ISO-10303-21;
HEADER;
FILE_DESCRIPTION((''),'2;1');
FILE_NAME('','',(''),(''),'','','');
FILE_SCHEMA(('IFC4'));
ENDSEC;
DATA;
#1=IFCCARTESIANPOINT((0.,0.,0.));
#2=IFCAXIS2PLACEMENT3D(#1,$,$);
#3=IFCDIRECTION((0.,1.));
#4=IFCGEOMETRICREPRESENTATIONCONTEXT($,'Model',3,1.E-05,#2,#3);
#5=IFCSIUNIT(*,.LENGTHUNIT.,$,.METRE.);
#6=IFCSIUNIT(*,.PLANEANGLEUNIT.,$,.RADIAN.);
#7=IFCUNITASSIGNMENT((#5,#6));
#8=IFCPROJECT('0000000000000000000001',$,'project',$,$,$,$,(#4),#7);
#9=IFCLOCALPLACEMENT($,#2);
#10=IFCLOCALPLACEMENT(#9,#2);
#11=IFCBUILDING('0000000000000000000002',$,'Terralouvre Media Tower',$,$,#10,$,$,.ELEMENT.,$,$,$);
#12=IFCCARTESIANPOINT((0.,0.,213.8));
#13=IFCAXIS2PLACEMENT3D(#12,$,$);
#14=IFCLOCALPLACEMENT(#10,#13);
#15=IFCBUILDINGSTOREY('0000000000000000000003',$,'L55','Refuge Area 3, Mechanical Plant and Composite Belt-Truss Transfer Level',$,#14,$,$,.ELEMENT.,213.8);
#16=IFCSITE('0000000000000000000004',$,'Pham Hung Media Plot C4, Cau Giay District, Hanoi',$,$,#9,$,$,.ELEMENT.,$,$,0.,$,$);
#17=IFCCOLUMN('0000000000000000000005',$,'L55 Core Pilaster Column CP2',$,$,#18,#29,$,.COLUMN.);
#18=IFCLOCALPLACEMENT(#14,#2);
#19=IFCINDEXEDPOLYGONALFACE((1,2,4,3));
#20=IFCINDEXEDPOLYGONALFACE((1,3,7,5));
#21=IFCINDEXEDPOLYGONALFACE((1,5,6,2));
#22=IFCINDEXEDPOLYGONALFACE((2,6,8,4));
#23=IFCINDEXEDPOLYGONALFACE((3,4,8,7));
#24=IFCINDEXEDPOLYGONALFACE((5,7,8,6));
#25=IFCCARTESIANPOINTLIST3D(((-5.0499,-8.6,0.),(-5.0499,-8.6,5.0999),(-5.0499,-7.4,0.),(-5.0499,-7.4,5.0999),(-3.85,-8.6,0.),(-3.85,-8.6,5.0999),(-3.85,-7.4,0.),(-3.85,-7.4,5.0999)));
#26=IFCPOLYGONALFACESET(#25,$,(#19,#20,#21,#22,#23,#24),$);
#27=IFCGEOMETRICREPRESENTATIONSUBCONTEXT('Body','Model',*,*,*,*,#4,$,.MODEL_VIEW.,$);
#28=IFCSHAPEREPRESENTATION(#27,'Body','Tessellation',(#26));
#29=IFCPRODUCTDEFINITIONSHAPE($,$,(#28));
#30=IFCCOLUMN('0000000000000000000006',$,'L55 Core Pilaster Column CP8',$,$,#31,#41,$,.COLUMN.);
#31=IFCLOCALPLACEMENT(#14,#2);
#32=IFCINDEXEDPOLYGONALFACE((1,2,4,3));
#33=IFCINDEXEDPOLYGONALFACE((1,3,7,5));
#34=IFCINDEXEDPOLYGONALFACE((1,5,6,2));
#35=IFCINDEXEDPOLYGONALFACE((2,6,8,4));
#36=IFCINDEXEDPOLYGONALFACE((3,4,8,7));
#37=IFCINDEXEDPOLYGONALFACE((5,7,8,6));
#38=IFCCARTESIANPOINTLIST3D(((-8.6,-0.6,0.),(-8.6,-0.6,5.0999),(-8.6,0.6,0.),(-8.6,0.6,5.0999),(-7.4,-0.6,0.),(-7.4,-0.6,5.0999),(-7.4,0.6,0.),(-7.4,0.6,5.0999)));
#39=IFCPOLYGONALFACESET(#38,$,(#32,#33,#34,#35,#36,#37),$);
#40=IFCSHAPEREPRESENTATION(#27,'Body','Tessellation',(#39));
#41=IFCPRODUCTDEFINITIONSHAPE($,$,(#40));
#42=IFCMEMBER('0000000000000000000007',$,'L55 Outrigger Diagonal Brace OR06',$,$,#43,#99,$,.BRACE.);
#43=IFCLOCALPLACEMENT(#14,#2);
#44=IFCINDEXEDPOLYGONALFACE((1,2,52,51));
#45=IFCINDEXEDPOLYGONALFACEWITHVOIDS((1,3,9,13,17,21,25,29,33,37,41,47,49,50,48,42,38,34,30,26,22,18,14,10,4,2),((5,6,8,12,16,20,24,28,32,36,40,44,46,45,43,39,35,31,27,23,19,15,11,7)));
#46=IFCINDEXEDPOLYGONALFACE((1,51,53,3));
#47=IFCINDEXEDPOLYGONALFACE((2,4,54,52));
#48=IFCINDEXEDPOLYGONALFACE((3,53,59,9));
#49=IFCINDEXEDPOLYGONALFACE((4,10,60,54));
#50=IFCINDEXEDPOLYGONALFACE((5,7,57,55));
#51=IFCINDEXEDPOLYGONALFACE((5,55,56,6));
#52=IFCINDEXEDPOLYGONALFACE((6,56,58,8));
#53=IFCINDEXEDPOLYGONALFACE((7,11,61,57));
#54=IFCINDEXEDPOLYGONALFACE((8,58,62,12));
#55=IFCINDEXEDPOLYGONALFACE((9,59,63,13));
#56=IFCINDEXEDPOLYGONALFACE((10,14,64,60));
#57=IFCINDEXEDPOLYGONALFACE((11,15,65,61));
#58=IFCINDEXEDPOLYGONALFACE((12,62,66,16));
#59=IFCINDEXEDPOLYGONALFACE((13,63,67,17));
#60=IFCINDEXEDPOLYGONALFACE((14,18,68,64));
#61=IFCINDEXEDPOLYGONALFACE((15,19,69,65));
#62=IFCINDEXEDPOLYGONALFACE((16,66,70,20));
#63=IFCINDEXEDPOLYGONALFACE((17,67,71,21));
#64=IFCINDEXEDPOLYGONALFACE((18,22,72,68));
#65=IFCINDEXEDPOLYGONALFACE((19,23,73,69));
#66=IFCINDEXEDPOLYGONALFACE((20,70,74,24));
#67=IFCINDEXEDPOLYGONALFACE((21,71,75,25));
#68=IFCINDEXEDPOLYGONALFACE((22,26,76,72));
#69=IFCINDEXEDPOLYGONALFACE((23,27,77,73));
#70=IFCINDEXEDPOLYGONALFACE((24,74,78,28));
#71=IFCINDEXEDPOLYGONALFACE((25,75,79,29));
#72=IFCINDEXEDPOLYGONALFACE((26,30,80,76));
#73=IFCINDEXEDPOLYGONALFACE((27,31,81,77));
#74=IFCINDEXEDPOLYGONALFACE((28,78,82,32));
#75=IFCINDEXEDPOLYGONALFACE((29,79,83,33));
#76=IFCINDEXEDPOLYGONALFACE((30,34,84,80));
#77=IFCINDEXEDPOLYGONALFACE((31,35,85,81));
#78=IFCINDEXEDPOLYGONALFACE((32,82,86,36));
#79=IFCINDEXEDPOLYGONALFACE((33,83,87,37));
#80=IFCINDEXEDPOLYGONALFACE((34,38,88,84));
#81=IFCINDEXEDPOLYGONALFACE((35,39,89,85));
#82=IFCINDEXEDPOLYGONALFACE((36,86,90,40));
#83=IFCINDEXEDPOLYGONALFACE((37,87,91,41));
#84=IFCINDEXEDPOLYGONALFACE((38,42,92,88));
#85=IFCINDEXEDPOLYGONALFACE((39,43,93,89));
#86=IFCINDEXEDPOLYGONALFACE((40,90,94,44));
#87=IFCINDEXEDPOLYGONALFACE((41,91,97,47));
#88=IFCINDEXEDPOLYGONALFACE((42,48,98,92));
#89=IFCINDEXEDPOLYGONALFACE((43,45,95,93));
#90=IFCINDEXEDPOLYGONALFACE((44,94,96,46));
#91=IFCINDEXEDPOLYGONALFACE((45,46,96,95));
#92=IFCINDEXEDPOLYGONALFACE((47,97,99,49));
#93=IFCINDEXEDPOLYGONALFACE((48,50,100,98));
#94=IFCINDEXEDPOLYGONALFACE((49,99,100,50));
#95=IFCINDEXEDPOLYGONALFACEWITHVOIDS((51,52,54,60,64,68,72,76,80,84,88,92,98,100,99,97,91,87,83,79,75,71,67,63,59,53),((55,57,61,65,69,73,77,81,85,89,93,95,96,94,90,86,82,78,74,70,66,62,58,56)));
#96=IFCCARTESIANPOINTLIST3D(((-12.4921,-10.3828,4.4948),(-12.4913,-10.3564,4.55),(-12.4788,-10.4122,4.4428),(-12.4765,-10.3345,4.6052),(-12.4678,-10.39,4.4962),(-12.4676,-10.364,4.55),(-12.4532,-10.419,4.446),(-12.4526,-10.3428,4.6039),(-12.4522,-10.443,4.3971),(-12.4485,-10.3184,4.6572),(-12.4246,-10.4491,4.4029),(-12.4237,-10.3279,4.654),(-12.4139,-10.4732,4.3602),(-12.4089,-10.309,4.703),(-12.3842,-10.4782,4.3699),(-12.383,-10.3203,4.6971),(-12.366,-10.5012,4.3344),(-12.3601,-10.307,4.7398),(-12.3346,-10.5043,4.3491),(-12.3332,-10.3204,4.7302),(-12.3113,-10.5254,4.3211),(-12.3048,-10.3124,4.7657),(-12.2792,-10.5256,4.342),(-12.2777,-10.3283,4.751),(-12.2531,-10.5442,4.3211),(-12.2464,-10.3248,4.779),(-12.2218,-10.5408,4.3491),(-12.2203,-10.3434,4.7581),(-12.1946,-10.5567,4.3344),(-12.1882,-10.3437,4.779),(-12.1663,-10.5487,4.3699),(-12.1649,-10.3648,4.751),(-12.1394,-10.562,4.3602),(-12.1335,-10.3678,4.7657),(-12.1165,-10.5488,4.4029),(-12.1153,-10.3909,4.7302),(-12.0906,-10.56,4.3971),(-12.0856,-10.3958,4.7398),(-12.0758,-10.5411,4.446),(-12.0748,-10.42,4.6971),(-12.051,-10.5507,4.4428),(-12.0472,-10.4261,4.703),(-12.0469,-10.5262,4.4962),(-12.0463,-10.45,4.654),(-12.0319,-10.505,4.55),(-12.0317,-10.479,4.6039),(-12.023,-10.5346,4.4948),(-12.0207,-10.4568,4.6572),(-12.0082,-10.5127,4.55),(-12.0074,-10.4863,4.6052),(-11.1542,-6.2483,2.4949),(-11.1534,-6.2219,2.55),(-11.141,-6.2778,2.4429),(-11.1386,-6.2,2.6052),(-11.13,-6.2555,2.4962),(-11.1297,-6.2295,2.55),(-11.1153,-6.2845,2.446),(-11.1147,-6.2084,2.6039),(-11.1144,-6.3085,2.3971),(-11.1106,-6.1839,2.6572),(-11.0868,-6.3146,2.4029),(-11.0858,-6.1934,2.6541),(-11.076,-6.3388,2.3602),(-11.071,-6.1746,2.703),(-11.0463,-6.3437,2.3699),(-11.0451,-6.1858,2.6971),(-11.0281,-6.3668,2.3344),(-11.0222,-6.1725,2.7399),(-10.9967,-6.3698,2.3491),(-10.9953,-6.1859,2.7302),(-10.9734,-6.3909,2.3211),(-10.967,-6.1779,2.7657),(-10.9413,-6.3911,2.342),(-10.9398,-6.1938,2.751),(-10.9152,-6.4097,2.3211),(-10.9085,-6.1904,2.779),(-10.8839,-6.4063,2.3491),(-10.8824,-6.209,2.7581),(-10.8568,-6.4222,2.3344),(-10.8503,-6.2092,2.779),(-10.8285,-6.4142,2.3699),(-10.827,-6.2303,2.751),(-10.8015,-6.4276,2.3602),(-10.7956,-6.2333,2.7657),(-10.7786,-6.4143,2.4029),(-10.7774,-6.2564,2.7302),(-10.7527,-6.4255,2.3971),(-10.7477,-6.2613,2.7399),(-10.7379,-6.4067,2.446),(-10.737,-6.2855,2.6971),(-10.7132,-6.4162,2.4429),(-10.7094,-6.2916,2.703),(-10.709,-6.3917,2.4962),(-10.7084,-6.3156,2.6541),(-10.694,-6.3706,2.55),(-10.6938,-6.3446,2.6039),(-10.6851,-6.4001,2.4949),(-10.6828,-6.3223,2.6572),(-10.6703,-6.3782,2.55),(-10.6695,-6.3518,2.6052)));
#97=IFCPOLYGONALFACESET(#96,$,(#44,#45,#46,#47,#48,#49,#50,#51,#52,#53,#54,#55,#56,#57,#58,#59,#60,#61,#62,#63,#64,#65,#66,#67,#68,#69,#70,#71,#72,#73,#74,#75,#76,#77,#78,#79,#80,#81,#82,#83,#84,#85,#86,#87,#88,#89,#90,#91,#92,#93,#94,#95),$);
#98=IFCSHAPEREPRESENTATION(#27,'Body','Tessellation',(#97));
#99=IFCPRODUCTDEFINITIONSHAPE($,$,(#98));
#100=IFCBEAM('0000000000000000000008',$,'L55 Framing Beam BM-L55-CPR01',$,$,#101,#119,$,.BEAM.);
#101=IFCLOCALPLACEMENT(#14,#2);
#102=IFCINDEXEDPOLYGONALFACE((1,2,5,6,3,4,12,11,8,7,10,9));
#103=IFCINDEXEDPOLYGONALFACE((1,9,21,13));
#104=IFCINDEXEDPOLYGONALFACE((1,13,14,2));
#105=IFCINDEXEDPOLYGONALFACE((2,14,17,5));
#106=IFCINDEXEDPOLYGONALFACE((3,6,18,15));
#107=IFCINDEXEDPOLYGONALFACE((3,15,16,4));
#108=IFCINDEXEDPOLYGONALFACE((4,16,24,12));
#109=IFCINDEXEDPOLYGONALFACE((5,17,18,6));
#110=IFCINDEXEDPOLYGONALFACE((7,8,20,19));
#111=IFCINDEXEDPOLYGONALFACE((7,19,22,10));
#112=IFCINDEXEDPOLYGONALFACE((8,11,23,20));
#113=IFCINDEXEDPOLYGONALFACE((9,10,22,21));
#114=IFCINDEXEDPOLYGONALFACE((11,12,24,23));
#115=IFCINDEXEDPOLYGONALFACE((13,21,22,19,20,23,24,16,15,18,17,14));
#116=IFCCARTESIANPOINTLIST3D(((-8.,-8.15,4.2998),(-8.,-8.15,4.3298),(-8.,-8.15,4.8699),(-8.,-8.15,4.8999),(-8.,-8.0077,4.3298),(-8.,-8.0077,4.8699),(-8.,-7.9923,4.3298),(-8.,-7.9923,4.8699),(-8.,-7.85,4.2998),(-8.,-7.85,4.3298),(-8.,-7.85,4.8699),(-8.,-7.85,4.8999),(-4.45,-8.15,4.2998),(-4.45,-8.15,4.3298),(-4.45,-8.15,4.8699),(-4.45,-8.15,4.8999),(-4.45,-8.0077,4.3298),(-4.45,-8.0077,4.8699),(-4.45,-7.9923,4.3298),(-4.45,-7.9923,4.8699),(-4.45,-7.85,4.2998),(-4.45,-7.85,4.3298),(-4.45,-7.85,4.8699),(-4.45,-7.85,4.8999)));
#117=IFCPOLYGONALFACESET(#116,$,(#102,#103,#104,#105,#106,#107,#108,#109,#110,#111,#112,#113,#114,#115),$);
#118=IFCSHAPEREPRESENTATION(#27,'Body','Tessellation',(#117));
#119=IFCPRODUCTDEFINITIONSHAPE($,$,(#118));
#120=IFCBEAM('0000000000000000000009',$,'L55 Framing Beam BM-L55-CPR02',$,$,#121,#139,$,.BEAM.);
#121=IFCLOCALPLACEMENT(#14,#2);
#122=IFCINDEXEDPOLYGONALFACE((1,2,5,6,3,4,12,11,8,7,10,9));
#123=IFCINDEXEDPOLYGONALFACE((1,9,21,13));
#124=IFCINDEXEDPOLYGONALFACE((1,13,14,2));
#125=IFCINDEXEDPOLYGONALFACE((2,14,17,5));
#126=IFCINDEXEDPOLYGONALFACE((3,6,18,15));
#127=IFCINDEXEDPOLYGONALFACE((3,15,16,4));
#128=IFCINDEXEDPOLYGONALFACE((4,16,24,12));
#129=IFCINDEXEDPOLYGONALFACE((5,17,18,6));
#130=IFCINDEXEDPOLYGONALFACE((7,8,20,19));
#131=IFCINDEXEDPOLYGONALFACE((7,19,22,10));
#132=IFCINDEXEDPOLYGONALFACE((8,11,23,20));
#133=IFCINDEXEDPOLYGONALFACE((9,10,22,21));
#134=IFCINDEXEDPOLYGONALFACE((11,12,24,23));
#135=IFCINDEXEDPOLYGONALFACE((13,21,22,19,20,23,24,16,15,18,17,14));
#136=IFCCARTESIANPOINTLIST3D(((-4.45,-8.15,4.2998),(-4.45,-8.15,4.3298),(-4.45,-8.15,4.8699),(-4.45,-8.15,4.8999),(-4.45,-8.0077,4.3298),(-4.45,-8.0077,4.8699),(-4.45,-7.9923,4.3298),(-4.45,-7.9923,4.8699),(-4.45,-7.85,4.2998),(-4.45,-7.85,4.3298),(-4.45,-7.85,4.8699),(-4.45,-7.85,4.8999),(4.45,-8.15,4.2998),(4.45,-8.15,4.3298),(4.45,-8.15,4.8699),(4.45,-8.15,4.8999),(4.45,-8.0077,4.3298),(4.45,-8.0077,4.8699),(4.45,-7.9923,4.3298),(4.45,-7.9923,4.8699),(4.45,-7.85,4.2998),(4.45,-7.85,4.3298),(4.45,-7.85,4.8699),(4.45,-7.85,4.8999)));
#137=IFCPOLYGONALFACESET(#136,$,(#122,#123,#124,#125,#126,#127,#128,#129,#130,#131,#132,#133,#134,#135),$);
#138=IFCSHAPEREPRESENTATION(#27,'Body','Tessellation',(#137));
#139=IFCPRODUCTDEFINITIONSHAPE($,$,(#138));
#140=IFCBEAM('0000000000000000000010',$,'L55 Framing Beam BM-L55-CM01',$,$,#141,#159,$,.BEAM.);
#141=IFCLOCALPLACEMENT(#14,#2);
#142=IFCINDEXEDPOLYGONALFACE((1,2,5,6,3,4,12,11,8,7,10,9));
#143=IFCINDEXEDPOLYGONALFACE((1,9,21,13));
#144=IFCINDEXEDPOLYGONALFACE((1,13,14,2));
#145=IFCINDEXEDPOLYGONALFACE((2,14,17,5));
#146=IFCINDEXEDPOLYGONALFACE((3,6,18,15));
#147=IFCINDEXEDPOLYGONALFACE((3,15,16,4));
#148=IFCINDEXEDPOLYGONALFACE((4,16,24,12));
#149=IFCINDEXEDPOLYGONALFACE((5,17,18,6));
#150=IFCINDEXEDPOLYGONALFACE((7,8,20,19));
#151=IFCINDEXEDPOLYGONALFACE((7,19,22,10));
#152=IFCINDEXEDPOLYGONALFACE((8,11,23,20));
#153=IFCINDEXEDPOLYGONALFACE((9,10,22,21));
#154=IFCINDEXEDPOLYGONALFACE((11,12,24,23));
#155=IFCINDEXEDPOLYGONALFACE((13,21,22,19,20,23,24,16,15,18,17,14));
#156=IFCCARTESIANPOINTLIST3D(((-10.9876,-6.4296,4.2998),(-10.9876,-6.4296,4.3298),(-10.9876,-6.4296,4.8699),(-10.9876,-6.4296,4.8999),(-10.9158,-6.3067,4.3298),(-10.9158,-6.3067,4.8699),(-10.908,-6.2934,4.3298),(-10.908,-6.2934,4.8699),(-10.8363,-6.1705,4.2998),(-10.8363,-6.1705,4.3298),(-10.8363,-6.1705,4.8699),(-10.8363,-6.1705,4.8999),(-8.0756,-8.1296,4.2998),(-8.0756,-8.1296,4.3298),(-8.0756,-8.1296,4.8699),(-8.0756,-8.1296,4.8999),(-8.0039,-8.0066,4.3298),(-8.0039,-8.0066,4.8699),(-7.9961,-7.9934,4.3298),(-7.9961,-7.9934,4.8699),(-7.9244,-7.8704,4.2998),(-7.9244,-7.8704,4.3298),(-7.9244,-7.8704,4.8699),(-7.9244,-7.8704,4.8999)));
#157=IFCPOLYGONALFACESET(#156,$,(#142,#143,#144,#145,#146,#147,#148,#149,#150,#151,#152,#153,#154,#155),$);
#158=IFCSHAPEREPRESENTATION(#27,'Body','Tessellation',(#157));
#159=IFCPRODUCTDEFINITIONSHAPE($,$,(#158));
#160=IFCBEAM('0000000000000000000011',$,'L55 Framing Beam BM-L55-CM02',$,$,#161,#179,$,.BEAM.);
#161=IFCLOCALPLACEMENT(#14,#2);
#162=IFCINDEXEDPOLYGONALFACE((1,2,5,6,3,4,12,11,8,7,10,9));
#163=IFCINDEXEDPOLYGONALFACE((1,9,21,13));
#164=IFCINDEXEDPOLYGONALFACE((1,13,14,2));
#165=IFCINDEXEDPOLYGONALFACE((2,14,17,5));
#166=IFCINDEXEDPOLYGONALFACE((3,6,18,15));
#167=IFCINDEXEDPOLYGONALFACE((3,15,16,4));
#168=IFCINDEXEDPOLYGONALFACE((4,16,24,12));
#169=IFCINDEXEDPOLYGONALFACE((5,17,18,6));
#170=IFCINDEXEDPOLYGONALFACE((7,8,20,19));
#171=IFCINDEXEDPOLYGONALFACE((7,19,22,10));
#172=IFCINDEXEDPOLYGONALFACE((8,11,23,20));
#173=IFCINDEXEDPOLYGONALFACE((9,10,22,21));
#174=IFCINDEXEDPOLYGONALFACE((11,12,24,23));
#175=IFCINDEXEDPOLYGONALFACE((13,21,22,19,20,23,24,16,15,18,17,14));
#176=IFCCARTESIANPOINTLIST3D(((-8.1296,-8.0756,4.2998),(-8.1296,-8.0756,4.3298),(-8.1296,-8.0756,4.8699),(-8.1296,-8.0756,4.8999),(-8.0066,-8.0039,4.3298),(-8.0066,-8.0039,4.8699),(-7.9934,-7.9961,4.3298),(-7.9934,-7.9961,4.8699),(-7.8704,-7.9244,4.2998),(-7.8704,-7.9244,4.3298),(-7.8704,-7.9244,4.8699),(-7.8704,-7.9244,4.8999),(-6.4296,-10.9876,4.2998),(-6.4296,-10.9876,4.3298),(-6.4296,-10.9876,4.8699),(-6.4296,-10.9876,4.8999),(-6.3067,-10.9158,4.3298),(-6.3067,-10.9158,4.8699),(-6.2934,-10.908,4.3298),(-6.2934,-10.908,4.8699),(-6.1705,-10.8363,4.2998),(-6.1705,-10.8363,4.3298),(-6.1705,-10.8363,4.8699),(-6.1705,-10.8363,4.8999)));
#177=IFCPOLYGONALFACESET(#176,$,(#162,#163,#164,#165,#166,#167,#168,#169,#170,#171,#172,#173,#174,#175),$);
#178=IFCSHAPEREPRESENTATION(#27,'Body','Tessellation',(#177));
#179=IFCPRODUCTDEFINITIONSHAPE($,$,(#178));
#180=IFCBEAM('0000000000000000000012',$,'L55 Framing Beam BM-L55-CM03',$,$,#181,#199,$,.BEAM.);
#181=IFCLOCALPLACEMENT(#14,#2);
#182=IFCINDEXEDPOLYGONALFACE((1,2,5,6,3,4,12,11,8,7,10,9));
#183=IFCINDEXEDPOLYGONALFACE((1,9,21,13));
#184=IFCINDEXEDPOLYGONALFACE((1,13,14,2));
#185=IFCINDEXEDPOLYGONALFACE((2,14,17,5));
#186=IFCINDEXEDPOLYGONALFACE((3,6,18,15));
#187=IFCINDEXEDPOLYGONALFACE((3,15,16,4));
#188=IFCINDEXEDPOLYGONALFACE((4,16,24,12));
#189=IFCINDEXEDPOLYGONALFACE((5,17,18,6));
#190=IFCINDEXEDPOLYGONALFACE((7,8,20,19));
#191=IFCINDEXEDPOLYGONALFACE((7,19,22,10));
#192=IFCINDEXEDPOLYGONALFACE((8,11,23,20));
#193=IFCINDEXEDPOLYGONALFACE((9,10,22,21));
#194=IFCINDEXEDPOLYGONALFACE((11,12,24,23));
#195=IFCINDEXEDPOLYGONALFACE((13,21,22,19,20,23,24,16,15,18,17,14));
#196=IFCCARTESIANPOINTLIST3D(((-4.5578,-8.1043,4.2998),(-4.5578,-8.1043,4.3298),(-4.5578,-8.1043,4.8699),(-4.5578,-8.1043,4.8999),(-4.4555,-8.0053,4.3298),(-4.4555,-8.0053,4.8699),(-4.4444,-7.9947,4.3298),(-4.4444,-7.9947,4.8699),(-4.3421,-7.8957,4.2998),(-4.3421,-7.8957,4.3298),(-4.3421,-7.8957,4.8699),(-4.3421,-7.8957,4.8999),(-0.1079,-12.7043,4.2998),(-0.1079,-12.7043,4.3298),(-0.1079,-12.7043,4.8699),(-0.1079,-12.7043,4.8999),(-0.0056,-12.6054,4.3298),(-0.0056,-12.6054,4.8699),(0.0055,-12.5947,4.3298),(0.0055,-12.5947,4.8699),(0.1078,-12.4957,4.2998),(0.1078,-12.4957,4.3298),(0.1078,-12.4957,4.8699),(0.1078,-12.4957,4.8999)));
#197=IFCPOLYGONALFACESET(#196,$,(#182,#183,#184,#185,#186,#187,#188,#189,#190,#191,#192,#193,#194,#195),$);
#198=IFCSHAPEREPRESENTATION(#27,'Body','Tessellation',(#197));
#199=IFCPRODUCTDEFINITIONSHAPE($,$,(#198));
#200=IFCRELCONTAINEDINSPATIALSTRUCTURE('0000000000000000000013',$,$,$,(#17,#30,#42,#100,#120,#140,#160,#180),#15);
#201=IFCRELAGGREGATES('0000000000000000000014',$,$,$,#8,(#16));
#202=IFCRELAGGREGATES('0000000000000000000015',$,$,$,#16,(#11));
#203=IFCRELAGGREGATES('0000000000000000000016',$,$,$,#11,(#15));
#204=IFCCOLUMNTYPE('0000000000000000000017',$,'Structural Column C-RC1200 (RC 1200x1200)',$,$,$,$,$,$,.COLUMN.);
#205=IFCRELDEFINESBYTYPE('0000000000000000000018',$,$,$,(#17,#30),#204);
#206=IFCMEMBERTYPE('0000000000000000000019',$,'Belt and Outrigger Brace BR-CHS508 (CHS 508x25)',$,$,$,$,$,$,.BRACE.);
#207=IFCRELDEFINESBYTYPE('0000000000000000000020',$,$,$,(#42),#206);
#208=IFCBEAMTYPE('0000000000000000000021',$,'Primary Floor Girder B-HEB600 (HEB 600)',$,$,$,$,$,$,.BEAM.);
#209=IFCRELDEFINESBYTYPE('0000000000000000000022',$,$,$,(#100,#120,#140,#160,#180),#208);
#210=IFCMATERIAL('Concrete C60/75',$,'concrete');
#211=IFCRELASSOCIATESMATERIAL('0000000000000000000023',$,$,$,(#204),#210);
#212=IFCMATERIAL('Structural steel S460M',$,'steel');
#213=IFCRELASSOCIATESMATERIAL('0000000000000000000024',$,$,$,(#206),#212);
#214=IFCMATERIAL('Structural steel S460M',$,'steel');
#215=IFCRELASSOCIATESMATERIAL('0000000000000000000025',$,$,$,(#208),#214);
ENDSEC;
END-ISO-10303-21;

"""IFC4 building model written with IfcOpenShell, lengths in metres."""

from ifc_helpers import new_model, si_unit, direction, frame, origin, origin_2d, place, context, subcontext, project, spatial, rectangle, hollow_circle, i_section, extrude, material, material_profile, profile_set, type_object, element, save


model = new_model("IFC4")

# Units and contexts
model_context = context("Model", 3, precision=1e-05, world=origin(), true_north=direction((0.0, 1.0)))
body_context = subcontext(model_context, "Body", "Model", "MODEL_VIEW")
ifc_project = project(units=[si_unit("LENGTHUNIT", "METRE"), si_unit("PLANEANGLEUNIT", "RADIAN")], contexts=[model_context])

# Site, building, storey
site_placement = place(None, origin())
site = spatial("IfcSite", under=ifc_project, at=site_placement, Name="Pham Hung Media Plot C4, Cau Giay District, Hanoi", CompositionType="ELEMENT", RefElevation=0.0)
building_placement = place(site_placement, origin())
building = spatial("IfcBuilding", under=site, at=building_placement, Name="Terralouvre Media Tower", CompositionType="ELEMENT")
storey_placement = place(building_placement, frame((0.0, 0.0, 213.8)))
storey = spatial("IfcBuildingStorey", under=building, at=storey_placement, Name="L55", Description="Refuge Area 3, Mechanical Plant and Composite Belt-Truss Transfer Level", CompositionType="ELEMENT", Elevation=213.8)

# Columns
ifc_material_1 = material(Name="Concrete C60/75", Category="concrete")
ifc_material_profile_1 = material_profile(ifc_material_1, rectangle(XDim=1.2, YDim=1.2, at=origin_2d()), Name="RC 1200x1200")
ifc_profile_set_1 = profile_set([ifc_material_profile_1], Name="Concrete C60/75")
column_type = type_object("IfcColumnType", Name="Structural Column C-RC1200 (RC 1200x1200)", PredefinedType="COLUMN", material=ifc_profile_set_1)
for number, where, z_axis, x_axis, name in (
    (1, (-4.45, -8.0, 0.0), (0.0, 0.0, 1.0), (1.0, 0.0, 0.0), "L55 Core Pilaster Column CP2"),
    (2, (-8.0, 0.0, 0.0), (0.0, 0.0, 1.0), (1.0, 0.0, 0.0), "L55 Core Pilaster Column CP8"),
):
    element("IfcColumn", number, at=place(storey_placement, frame(where, z_axis=z_axis, x_axis=x_axis)), inside=storey, type_object=column_type, Name=name, PredefinedType="COLUMN", context=body_context, shape_type="SweptSolid", body=[
        extrude(rectangle(XDim=1.2, YDim=1.2, at=origin_2d()), origin(), (0.0, 0.0, 1.0), 5.0999),
    ])

# Member
ifc_material_2 = material(Name="Structural steel S460M", Category="steel")
ifc_material_profile_2 = material_profile(ifc_material_2, hollow_circle(Radius=0.2539, WallThickness=0.0249, at=origin_2d()), Name="CHS 508x25")
ifc_profile_set_2 = profile_set([ifc_material_profile_2], Name="Structural steel S460M")
member_type = type_object("IfcMemberType", Name="Belt and Outrigger Brace BR-CHS508 (CHS 508x25)", PredefinedType="BRACE", material=ifc_profile_set_2)
member_placement = place(storey_placement, frame((-10.9119, -6.3, 2.55), z_axis=(-0.279674, -0.864285, 0.418082), x_axis=(0.951428, -0.307873, 0.0)))
element("IfcMember", 3, at=member_placement, inside=storey, type_object=member_type, Name="L55 Outrigger Diagonal Brace OR06", PredefinedType="BRACE", context=body_context, shape_type="SweptSolid", body=[
    extrude(hollow_circle(Radius=0.2539, WallThickness=0.0249, at=origin_2d()), origin(), (0.0, 0.0, 1.0), 4.7837),
])

# Beams
ifc_material_3 = material(Name="Structural steel S460M", Category="steel")
ifc_material_profile_3 = material_profile(ifc_material_3, i_section(OverallWidth=0.3, OverallDepth=0.6001, WebThickness=0.0154, FlangeThickness=0.03, at=origin_2d()), Name="HEB 600")
ifc_profile_set_3 = profile_set([ifc_material_profile_3], Name="Structural steel S460M")
beam_type = type_object("IfcBeamType", Name="Primary Floor Girder B-HEB600 (HEB 600)", PredefinedType="BEAM", material=ifc_profile_set_3)
beam_1_placement = place(storey_placement, frame((-8.0, -8.0, 4.5999), z_axis=(1.0, 0.0, 0.0), x_axis=(0.0, 1.0, 0.0)))
element("IfcBeam", 4, at=beam_1_placement, inside=storey, type_object=beam_type, Name="L55 Framing Beam BM-L55-CPR01", PredefinedType="BEAM", context=body_context, shape_type="SweptSolid", body=[
    extrude(i_section(OverallWidth=0.3, OverallDepth=0.6001, WebThickness=0.0154, FlangeThickness=0.03, at=origin_2d()), origin(), (0.0, 0.0, 1.0), 3.55),
])
beam_2_placement = place(storey_placement, frame((-4.45, -8.0, 4.5999), z_axis=(1.0, 0.0, 0.0), x_axis=(0.0, 1.0, 0.0)))
element("IfcBeam", 5, at=beam_2_placement, inside=storey, type_object=beam_type, Name="L55 Framing Beam BM-L55-CPR02", PredefinedType="BEAM", context=body_context, shape_type="SweptSolid", body=[
    extrude(i_section(OverallWidth=0.3, OverallDepth=0.6001, WebThickness=0.0154, FlangeThickness=0.03, at=origin_2d()), origin(), (0.0, 0.0, 1.0), 8.8999),
])
for number, where, z_axis, x_axis, name in (
    (6, (-8.0, -8.0, 4.5999), (-0.863603, 0.504173, 0.0), (-0.504173, -0.863603, 0.0), "L55 Framing Beam BM-L55-CM01"),
    (7, (-8.0, -8.0, 4.5999), (0.504173, -0.863603, 0.0), (0.863603, 0.504173, 0.0), "L55 Framing Beam BM-L55-CM02"),
):
    element("IfcBeam", number, at=place(storey_placement, frame(where, z_axis=z_axis, x_axis=x_axis)), inside=storey, type_object=beam_type, Name=name, PredefinedType="BEAM", context=body_context, shape_type="SweptSolid", body=[
        extrude(i_section(OverallWidth=0.3, OverallDepth=0.6001, WebThickness=0.0154, FlangeThickness=0.03, at=origin_2d()), origin(), (0.0, 0.0, 1.0), 3.3718),
    ])
beam_3_placement = place(storey_placement, frame((-4.45, -8.0, 4.5999), z_axis=(0.69528, -0.718739, 0.0), x_axis=(0.718739, 0.69528, 0.0)))
element("IfcBeam", 8, at=beam_3_placement, inside=storey, type_object=beam_type, Name="L55 Framing Beam BM-L55-CM03", PredefinedType="BEAM", context=body_context, shape_type="SweptSolid", body=[
    extrude(i_section(OverallWidth=0.3, OverallDepth=0.6001, WebThickness=0.0154, FlangeThickness=0.03, at=origin_2d()), origin(), (0.0, 0.0, 1.0), 6.4001),
])

save(model, "model.ifc")
